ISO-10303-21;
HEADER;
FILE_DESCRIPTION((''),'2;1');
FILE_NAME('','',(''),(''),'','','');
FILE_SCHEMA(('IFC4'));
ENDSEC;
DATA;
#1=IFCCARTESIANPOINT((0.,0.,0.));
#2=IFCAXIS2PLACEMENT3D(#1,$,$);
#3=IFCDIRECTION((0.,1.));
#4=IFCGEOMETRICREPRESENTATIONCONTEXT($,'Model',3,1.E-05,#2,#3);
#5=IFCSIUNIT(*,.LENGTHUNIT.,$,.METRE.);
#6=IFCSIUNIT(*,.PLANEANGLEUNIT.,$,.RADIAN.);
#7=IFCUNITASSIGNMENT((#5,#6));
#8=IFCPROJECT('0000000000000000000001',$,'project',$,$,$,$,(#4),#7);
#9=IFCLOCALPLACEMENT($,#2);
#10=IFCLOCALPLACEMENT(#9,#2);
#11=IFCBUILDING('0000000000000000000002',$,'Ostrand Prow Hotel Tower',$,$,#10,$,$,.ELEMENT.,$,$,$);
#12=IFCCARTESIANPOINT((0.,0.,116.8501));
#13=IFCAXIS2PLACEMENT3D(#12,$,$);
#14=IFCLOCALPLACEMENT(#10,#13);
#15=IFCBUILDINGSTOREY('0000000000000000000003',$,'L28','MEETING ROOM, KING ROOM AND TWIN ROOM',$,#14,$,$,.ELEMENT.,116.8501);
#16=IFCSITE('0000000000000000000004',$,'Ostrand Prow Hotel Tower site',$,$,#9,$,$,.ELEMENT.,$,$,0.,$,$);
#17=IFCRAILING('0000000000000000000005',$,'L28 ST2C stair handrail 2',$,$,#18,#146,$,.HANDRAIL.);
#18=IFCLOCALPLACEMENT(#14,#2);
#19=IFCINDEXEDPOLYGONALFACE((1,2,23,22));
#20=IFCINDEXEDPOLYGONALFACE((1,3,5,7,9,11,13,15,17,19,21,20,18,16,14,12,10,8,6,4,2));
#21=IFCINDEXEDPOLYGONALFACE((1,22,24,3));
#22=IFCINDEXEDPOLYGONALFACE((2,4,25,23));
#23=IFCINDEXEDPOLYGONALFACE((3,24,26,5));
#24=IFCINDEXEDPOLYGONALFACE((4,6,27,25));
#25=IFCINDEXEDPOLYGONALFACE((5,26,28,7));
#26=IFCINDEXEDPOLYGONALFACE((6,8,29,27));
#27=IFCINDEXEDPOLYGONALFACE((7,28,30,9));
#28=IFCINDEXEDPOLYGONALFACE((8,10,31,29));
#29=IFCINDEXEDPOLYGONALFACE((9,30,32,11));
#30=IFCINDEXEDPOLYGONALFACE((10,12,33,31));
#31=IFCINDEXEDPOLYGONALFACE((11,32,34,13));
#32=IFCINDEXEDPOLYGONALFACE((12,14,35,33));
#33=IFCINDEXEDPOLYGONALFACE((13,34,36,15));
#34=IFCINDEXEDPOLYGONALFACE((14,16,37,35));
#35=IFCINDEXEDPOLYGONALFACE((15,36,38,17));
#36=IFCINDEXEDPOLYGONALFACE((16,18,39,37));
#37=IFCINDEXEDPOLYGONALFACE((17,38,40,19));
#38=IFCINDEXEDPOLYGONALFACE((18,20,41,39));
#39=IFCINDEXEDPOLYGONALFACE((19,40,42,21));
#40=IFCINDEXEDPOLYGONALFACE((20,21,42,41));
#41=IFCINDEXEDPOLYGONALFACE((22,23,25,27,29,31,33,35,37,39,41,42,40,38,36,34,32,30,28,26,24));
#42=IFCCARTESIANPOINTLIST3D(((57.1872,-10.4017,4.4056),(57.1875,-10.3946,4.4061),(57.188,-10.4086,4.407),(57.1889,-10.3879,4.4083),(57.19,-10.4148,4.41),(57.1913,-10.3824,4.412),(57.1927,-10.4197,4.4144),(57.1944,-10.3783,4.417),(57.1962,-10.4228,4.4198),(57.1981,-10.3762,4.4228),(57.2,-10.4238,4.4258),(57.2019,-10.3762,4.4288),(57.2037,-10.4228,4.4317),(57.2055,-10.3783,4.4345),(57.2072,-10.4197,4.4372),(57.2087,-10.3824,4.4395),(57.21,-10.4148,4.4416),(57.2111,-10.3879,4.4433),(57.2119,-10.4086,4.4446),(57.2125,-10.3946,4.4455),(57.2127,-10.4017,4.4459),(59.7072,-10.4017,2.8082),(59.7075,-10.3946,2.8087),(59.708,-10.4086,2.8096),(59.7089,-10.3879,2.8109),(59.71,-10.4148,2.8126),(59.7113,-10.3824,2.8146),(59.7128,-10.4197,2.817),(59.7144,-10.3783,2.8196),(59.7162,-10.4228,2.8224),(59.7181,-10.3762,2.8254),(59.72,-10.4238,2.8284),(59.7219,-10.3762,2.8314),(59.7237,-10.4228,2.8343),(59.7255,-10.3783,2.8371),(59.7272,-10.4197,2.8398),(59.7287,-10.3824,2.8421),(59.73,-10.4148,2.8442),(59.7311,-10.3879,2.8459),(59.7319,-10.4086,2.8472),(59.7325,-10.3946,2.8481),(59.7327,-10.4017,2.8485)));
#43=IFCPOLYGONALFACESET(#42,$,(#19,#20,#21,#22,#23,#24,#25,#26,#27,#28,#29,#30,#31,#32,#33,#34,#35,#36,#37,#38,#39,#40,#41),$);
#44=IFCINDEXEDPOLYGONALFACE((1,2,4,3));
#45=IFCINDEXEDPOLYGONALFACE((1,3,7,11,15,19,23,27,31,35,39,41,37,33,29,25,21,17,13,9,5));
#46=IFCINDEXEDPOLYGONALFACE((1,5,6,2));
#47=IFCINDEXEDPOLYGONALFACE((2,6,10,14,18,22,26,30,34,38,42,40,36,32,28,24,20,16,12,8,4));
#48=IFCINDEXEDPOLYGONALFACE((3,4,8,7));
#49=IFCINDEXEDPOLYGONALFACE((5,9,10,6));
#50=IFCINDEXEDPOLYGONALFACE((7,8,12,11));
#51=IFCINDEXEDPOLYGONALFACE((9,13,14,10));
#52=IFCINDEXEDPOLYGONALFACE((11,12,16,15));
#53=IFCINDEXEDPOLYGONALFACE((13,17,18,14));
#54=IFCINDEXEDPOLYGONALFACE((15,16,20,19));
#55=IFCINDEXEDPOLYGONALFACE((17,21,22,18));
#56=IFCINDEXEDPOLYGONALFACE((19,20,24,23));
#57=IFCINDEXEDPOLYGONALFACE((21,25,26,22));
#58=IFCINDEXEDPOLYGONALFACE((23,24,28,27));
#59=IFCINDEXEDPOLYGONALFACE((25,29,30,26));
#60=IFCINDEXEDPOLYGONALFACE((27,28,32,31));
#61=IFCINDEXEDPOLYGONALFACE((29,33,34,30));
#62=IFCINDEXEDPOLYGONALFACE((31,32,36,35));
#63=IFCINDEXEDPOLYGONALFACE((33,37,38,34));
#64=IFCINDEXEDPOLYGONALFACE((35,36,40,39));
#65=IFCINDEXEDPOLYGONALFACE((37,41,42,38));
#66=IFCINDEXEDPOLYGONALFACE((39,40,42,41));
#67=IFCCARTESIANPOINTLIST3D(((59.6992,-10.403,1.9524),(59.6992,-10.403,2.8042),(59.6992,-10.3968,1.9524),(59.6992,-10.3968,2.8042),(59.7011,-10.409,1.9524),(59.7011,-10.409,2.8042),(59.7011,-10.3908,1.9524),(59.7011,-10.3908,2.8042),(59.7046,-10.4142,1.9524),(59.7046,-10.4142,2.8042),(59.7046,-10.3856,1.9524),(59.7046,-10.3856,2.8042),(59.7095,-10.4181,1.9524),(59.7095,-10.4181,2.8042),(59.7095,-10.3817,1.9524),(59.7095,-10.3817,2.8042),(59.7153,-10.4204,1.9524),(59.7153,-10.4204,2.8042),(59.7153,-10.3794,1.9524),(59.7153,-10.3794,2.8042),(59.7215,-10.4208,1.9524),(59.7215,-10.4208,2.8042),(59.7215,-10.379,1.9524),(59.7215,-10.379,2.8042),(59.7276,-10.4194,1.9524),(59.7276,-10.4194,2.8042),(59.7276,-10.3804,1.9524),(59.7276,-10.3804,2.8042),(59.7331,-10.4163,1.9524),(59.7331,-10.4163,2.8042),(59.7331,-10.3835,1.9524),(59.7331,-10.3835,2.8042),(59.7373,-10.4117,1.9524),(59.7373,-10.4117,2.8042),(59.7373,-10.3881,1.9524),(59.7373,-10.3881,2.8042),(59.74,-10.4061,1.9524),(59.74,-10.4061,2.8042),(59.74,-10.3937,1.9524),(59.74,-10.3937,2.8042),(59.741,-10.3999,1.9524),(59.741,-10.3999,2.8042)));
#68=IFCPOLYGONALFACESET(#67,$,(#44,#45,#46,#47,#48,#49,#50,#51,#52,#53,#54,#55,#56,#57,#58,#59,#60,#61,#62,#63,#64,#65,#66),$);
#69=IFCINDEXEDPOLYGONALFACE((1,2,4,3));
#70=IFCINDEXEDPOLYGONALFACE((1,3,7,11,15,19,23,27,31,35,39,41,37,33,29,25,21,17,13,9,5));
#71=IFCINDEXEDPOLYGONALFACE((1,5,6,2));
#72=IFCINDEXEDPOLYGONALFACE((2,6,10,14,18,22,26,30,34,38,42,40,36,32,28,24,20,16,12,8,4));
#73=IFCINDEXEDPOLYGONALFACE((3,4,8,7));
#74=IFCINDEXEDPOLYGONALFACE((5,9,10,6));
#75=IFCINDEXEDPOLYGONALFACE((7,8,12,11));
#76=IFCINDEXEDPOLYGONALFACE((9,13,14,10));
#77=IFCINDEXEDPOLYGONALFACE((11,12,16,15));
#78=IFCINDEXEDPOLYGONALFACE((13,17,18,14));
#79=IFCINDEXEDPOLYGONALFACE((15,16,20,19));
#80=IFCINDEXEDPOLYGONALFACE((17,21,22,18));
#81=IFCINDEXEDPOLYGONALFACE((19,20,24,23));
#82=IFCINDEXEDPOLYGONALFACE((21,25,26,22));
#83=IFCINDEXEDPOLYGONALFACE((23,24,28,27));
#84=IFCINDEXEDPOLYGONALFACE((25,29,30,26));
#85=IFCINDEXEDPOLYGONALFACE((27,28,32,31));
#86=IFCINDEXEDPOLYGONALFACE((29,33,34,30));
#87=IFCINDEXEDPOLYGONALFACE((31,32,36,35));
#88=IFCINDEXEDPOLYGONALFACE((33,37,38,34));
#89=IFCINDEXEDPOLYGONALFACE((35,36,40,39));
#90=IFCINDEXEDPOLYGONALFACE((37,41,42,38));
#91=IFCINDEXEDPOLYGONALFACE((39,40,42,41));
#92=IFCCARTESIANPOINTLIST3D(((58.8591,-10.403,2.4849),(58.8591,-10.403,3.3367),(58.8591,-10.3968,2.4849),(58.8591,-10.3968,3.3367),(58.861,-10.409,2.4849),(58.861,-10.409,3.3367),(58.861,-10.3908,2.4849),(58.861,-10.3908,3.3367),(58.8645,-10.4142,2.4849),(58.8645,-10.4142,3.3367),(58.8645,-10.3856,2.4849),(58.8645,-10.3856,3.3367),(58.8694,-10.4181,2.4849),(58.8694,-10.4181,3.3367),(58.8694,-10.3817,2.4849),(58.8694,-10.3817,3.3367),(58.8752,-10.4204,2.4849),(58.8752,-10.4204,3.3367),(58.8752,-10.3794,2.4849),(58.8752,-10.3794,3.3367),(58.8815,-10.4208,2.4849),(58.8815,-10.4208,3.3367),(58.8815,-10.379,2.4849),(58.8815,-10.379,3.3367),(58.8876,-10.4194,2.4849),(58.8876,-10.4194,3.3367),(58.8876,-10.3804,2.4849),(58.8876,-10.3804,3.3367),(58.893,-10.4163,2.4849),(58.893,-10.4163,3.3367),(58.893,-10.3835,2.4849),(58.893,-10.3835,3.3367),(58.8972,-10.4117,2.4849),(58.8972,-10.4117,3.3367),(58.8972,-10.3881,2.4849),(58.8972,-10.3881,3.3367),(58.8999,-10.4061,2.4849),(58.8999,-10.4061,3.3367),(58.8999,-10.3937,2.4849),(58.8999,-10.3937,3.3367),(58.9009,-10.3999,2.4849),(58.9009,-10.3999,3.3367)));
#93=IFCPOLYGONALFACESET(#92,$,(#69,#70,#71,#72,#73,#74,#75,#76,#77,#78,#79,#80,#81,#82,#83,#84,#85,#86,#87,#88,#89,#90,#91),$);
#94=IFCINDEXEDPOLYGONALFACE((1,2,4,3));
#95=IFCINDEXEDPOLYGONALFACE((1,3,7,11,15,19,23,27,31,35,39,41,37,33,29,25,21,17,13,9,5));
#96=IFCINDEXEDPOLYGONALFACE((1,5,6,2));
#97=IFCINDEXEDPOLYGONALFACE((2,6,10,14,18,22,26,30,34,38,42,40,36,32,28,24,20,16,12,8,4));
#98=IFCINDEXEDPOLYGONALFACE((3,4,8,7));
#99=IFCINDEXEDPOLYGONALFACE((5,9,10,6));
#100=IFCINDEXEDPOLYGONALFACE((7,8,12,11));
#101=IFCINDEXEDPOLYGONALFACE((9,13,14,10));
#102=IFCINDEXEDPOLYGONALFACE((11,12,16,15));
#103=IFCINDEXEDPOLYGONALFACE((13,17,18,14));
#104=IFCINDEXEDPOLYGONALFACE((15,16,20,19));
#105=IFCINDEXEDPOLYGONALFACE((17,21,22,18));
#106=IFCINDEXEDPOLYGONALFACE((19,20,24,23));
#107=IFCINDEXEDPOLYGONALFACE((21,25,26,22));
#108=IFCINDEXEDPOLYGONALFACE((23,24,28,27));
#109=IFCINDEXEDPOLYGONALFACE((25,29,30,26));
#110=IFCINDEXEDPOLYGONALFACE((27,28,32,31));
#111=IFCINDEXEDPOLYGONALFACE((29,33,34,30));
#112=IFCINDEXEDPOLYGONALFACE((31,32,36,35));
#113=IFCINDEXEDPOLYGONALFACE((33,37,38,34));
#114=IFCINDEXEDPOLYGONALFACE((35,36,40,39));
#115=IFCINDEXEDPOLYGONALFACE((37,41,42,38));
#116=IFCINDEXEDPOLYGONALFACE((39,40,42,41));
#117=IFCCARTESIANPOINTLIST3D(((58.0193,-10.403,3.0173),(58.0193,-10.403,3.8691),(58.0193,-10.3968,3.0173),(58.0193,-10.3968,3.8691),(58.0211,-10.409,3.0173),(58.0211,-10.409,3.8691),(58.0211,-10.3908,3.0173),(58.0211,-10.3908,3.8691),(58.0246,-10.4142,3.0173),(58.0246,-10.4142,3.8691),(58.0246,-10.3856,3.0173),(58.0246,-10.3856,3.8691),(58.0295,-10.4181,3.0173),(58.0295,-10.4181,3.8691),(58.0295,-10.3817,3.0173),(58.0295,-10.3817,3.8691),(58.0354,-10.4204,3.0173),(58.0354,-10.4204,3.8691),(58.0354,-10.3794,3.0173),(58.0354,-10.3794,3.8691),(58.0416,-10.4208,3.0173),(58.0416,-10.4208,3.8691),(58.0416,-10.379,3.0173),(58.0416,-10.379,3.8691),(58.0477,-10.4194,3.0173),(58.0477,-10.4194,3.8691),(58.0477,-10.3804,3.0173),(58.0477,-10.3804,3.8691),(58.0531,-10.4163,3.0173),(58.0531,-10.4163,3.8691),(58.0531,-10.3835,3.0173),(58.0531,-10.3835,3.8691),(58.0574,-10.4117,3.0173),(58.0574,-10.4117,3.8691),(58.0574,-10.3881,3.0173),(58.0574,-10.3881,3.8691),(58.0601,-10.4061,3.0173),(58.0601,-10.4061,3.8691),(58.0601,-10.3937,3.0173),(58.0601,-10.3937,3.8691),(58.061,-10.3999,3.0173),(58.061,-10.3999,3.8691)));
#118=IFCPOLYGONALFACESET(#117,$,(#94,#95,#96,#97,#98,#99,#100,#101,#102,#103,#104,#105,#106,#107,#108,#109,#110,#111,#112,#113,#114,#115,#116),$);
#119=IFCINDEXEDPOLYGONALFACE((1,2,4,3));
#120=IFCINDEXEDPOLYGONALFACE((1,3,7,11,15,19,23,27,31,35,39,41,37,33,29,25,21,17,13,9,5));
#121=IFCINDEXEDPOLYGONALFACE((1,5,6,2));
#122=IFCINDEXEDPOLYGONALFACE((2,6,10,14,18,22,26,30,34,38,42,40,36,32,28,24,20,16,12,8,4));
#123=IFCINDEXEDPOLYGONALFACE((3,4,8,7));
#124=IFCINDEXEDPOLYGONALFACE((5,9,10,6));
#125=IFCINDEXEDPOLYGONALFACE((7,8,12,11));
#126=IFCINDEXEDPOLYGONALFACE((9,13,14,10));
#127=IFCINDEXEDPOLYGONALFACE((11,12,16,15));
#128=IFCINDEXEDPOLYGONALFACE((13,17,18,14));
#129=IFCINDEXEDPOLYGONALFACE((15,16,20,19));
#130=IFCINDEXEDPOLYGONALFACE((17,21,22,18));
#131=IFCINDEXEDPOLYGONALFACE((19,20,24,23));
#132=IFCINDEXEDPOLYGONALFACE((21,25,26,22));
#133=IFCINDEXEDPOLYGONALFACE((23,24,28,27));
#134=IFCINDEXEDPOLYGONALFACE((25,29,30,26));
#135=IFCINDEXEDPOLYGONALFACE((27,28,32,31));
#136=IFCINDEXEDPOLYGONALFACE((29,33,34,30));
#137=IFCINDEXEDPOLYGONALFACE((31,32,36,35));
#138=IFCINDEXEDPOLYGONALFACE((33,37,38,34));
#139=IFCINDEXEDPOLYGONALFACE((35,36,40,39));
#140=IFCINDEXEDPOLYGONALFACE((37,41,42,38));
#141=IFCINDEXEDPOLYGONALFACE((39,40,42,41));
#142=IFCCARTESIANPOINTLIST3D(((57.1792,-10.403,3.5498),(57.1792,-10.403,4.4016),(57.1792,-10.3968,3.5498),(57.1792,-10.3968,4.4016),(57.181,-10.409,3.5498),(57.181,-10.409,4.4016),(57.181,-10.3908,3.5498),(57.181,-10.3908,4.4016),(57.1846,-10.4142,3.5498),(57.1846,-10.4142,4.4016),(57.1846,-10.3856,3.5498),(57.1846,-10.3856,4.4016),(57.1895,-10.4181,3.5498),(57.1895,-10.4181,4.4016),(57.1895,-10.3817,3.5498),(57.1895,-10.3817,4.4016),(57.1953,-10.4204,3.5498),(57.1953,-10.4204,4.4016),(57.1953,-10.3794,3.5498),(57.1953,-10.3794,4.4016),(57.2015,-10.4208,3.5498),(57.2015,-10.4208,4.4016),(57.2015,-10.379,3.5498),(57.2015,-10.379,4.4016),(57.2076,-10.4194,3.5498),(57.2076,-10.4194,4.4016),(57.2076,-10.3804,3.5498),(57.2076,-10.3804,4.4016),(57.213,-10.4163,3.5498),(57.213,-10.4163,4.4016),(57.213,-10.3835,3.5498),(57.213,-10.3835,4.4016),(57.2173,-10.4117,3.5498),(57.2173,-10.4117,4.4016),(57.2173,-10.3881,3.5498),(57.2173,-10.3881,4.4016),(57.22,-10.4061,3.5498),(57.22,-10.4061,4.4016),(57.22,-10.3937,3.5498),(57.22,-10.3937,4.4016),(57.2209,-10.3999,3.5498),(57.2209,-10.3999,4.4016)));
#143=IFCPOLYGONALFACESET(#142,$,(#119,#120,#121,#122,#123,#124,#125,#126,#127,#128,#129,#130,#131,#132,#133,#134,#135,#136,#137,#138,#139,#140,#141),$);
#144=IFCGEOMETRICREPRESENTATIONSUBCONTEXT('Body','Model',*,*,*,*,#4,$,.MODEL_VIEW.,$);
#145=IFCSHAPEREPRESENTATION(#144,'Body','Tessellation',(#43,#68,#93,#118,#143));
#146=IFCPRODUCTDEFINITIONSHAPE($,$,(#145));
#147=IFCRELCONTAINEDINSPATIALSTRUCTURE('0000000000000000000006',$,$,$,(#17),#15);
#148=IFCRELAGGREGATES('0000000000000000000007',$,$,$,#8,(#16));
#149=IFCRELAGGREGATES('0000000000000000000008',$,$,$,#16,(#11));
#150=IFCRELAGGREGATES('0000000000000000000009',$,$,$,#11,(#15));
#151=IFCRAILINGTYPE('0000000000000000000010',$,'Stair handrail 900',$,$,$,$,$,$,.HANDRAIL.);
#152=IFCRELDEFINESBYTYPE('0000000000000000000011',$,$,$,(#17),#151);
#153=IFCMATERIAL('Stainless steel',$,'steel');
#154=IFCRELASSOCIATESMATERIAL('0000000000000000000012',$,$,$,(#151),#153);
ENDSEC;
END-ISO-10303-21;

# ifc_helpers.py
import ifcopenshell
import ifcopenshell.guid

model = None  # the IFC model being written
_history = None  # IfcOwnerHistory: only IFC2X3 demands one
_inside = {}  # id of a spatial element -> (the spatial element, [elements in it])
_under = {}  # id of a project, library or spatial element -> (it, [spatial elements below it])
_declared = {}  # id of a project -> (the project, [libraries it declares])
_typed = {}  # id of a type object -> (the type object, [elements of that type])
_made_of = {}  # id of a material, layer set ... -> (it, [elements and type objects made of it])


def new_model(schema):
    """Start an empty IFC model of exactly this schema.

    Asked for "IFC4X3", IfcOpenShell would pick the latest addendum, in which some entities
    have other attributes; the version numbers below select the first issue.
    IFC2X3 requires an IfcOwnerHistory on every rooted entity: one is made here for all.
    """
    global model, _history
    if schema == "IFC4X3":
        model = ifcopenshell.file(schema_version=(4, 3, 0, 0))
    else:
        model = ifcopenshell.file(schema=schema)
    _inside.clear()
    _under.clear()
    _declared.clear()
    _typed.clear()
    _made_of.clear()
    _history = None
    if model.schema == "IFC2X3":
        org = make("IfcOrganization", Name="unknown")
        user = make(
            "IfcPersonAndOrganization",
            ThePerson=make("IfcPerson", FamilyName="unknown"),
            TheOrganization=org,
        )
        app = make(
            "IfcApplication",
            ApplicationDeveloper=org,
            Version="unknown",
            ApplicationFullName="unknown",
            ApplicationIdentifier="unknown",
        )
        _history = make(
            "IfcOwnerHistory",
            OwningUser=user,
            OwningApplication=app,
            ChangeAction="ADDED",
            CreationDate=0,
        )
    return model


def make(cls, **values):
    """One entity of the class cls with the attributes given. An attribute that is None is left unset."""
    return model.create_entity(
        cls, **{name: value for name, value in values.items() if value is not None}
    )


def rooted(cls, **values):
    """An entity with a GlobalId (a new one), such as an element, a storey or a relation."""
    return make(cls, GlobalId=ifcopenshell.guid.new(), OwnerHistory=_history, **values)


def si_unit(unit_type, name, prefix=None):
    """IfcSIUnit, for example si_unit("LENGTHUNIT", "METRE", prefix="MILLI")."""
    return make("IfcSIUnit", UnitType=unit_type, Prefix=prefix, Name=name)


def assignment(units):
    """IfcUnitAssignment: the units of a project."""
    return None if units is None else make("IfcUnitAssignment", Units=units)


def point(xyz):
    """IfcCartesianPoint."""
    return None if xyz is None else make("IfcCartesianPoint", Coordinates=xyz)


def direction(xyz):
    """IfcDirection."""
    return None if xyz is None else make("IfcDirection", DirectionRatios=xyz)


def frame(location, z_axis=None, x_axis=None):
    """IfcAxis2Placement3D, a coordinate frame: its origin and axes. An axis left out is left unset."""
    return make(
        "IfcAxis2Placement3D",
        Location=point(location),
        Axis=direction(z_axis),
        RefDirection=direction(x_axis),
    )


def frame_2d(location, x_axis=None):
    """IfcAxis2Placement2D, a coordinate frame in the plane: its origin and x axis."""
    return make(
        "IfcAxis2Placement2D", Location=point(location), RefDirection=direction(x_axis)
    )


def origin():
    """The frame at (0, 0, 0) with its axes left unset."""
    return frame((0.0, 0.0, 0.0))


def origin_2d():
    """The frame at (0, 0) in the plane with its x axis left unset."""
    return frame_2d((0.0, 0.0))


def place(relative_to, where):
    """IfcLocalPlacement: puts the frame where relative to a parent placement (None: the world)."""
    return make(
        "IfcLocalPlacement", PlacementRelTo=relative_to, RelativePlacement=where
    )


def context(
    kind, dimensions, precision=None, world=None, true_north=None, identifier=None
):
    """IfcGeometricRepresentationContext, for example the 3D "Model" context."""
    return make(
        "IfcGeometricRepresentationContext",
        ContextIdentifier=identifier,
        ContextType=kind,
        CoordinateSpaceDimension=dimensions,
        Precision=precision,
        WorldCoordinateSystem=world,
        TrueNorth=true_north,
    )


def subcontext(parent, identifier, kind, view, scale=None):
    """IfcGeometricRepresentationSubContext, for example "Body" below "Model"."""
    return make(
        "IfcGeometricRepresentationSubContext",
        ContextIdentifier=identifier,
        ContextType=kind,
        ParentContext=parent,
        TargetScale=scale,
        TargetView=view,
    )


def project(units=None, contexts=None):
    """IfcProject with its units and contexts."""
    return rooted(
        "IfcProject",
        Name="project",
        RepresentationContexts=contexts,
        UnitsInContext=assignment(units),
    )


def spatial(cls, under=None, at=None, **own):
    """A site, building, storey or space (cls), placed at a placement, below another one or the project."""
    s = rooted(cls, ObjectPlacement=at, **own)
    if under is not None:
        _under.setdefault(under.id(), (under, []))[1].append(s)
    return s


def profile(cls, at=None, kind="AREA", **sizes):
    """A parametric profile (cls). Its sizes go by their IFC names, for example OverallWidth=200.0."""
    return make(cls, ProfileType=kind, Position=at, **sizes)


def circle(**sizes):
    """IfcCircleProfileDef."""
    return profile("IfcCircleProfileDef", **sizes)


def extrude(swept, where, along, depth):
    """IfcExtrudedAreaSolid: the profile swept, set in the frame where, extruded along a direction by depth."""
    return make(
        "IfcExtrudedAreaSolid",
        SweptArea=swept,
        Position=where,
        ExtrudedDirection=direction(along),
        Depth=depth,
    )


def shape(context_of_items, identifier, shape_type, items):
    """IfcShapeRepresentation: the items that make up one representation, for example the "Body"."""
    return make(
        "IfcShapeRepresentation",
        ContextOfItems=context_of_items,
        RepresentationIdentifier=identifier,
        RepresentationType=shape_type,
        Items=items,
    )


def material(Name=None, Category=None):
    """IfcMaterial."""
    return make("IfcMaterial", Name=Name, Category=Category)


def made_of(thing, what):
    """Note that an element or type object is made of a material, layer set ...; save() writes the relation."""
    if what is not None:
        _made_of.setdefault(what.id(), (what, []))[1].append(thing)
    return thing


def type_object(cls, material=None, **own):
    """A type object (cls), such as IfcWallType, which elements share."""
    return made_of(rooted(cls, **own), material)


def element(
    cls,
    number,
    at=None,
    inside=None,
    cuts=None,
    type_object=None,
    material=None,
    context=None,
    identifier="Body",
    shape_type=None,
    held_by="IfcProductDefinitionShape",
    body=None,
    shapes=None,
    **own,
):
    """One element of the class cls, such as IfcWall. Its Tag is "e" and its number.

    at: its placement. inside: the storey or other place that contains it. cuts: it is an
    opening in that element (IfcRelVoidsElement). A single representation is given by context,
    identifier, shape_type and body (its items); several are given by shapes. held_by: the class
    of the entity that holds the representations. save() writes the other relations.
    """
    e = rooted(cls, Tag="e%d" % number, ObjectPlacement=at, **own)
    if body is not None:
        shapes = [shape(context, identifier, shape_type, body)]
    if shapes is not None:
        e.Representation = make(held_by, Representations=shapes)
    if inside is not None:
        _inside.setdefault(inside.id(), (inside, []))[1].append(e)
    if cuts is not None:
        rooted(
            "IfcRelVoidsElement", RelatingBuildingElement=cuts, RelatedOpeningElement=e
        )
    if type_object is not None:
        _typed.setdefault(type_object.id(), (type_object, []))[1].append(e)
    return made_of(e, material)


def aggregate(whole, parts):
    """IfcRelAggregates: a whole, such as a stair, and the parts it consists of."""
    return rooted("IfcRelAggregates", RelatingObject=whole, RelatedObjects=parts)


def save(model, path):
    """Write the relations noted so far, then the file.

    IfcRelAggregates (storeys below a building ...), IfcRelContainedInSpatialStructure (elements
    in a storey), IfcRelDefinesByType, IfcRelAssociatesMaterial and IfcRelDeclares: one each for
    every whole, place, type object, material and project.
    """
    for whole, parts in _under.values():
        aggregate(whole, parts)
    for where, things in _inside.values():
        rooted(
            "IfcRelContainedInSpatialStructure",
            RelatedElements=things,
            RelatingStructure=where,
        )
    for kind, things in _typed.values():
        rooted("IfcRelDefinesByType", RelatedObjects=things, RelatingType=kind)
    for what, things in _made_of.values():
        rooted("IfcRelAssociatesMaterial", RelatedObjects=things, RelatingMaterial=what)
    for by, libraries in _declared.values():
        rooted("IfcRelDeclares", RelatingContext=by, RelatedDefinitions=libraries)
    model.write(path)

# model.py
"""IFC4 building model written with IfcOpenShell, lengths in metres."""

from ifc_helpers import new_model, si_unit, direction, frame, origin, origin_2d, place, context, subcontext, project, spatial, circle, extrude, material, type_object, element, save


model = new_model("IFC4")

# Units and contexts
model_context = context("Model", 3, precision=1e-05, world=origin(), true_north=direction((0.0, 1.0)))
body_context = subcontext(model_context, "Body", "Model", "MODEL_VIEW")
ifc_project = project(units=[si_unit("LENGTHUNIT", "METRE"), si_unit("PLANEANGLEUNIT", "RADIAN")], contexts=[model_context])

# Site, building, storey
site_placement = place(None, origin())
site = spatial("IfcSite", under=ifc_project, at=site_placement, Name="Ostrand Prow Hotel Tower site", CompositionType="ELEMENT", RefElevation=0.0)
building_placement = place(site_placement, origin())
building = spatial("IfcBuilding", under=site, at=building_placement, Name="Ostrand Prow Hotel Tower", CompositionType="ELEMENT")
storey_placement = place(building_placement, frame((0.0, 0.0, 116.8501)))
storey = spatial("IfcBuildingStorey", under=building, at=storey_placement, Name="L28", Description="MEETING ROOM, KING ROOM AND TWIN ROOM", CompositionType="ELEMENT", Elevation=116.8501)

# Railing
ifc_material_1 = material(Name="Stainless steel", Category="steel")
railing_type_1 = type_object("IfcRailingType", Name="Stair handrail 900", PredefinedType="HANDRAIL", material=ifc_material_1)
railing_1_placement = place(storey_placement, frame((59.72, -10.3999, 1.9524)))
element("IfcRailing", 1, at=railing_1_placement, inside=storey, type_object=railing_type_1, Name="L28 ST2C stair handrail 2", PredefinedType="HANDRAIL", context=body_context, shape_type="SweptSolid", body=[
    extrude(circle(Radius=0.0239, at=origin_2d()), frame((0.0, 0.0, 0.876), z_axis=(-0.844607, 0.0, 0.535387), x_axis=(0.0, -1.0, 0.0)), (0.0, 0.0, 1.0), 2.9836),
    extrude(circle(Radius=0.021, at=origin_2d()), origin(), (0.0, 0.0, 1.0), 0.8518),
    extrude(circle(Radius=0.021, at=origin_2d()), frame((-0.8401, 0.0, 0.5325)), (0.0, 0.0, 1.0), 0.8518),
    extrude(circle(Radius=0.021, at=origin_2d()), frame((-1.6799, 0.0, 1.0649)), (0.0, 0.0, 1.0), 0.8518),
    extrude(circle(Radius=0.021, at=origin_2d()), frame((-2.52, 0.0, 1.5974)), (0.0, 0.0, 1.0), 0.8518),
])

save(model, "model.ifc")
